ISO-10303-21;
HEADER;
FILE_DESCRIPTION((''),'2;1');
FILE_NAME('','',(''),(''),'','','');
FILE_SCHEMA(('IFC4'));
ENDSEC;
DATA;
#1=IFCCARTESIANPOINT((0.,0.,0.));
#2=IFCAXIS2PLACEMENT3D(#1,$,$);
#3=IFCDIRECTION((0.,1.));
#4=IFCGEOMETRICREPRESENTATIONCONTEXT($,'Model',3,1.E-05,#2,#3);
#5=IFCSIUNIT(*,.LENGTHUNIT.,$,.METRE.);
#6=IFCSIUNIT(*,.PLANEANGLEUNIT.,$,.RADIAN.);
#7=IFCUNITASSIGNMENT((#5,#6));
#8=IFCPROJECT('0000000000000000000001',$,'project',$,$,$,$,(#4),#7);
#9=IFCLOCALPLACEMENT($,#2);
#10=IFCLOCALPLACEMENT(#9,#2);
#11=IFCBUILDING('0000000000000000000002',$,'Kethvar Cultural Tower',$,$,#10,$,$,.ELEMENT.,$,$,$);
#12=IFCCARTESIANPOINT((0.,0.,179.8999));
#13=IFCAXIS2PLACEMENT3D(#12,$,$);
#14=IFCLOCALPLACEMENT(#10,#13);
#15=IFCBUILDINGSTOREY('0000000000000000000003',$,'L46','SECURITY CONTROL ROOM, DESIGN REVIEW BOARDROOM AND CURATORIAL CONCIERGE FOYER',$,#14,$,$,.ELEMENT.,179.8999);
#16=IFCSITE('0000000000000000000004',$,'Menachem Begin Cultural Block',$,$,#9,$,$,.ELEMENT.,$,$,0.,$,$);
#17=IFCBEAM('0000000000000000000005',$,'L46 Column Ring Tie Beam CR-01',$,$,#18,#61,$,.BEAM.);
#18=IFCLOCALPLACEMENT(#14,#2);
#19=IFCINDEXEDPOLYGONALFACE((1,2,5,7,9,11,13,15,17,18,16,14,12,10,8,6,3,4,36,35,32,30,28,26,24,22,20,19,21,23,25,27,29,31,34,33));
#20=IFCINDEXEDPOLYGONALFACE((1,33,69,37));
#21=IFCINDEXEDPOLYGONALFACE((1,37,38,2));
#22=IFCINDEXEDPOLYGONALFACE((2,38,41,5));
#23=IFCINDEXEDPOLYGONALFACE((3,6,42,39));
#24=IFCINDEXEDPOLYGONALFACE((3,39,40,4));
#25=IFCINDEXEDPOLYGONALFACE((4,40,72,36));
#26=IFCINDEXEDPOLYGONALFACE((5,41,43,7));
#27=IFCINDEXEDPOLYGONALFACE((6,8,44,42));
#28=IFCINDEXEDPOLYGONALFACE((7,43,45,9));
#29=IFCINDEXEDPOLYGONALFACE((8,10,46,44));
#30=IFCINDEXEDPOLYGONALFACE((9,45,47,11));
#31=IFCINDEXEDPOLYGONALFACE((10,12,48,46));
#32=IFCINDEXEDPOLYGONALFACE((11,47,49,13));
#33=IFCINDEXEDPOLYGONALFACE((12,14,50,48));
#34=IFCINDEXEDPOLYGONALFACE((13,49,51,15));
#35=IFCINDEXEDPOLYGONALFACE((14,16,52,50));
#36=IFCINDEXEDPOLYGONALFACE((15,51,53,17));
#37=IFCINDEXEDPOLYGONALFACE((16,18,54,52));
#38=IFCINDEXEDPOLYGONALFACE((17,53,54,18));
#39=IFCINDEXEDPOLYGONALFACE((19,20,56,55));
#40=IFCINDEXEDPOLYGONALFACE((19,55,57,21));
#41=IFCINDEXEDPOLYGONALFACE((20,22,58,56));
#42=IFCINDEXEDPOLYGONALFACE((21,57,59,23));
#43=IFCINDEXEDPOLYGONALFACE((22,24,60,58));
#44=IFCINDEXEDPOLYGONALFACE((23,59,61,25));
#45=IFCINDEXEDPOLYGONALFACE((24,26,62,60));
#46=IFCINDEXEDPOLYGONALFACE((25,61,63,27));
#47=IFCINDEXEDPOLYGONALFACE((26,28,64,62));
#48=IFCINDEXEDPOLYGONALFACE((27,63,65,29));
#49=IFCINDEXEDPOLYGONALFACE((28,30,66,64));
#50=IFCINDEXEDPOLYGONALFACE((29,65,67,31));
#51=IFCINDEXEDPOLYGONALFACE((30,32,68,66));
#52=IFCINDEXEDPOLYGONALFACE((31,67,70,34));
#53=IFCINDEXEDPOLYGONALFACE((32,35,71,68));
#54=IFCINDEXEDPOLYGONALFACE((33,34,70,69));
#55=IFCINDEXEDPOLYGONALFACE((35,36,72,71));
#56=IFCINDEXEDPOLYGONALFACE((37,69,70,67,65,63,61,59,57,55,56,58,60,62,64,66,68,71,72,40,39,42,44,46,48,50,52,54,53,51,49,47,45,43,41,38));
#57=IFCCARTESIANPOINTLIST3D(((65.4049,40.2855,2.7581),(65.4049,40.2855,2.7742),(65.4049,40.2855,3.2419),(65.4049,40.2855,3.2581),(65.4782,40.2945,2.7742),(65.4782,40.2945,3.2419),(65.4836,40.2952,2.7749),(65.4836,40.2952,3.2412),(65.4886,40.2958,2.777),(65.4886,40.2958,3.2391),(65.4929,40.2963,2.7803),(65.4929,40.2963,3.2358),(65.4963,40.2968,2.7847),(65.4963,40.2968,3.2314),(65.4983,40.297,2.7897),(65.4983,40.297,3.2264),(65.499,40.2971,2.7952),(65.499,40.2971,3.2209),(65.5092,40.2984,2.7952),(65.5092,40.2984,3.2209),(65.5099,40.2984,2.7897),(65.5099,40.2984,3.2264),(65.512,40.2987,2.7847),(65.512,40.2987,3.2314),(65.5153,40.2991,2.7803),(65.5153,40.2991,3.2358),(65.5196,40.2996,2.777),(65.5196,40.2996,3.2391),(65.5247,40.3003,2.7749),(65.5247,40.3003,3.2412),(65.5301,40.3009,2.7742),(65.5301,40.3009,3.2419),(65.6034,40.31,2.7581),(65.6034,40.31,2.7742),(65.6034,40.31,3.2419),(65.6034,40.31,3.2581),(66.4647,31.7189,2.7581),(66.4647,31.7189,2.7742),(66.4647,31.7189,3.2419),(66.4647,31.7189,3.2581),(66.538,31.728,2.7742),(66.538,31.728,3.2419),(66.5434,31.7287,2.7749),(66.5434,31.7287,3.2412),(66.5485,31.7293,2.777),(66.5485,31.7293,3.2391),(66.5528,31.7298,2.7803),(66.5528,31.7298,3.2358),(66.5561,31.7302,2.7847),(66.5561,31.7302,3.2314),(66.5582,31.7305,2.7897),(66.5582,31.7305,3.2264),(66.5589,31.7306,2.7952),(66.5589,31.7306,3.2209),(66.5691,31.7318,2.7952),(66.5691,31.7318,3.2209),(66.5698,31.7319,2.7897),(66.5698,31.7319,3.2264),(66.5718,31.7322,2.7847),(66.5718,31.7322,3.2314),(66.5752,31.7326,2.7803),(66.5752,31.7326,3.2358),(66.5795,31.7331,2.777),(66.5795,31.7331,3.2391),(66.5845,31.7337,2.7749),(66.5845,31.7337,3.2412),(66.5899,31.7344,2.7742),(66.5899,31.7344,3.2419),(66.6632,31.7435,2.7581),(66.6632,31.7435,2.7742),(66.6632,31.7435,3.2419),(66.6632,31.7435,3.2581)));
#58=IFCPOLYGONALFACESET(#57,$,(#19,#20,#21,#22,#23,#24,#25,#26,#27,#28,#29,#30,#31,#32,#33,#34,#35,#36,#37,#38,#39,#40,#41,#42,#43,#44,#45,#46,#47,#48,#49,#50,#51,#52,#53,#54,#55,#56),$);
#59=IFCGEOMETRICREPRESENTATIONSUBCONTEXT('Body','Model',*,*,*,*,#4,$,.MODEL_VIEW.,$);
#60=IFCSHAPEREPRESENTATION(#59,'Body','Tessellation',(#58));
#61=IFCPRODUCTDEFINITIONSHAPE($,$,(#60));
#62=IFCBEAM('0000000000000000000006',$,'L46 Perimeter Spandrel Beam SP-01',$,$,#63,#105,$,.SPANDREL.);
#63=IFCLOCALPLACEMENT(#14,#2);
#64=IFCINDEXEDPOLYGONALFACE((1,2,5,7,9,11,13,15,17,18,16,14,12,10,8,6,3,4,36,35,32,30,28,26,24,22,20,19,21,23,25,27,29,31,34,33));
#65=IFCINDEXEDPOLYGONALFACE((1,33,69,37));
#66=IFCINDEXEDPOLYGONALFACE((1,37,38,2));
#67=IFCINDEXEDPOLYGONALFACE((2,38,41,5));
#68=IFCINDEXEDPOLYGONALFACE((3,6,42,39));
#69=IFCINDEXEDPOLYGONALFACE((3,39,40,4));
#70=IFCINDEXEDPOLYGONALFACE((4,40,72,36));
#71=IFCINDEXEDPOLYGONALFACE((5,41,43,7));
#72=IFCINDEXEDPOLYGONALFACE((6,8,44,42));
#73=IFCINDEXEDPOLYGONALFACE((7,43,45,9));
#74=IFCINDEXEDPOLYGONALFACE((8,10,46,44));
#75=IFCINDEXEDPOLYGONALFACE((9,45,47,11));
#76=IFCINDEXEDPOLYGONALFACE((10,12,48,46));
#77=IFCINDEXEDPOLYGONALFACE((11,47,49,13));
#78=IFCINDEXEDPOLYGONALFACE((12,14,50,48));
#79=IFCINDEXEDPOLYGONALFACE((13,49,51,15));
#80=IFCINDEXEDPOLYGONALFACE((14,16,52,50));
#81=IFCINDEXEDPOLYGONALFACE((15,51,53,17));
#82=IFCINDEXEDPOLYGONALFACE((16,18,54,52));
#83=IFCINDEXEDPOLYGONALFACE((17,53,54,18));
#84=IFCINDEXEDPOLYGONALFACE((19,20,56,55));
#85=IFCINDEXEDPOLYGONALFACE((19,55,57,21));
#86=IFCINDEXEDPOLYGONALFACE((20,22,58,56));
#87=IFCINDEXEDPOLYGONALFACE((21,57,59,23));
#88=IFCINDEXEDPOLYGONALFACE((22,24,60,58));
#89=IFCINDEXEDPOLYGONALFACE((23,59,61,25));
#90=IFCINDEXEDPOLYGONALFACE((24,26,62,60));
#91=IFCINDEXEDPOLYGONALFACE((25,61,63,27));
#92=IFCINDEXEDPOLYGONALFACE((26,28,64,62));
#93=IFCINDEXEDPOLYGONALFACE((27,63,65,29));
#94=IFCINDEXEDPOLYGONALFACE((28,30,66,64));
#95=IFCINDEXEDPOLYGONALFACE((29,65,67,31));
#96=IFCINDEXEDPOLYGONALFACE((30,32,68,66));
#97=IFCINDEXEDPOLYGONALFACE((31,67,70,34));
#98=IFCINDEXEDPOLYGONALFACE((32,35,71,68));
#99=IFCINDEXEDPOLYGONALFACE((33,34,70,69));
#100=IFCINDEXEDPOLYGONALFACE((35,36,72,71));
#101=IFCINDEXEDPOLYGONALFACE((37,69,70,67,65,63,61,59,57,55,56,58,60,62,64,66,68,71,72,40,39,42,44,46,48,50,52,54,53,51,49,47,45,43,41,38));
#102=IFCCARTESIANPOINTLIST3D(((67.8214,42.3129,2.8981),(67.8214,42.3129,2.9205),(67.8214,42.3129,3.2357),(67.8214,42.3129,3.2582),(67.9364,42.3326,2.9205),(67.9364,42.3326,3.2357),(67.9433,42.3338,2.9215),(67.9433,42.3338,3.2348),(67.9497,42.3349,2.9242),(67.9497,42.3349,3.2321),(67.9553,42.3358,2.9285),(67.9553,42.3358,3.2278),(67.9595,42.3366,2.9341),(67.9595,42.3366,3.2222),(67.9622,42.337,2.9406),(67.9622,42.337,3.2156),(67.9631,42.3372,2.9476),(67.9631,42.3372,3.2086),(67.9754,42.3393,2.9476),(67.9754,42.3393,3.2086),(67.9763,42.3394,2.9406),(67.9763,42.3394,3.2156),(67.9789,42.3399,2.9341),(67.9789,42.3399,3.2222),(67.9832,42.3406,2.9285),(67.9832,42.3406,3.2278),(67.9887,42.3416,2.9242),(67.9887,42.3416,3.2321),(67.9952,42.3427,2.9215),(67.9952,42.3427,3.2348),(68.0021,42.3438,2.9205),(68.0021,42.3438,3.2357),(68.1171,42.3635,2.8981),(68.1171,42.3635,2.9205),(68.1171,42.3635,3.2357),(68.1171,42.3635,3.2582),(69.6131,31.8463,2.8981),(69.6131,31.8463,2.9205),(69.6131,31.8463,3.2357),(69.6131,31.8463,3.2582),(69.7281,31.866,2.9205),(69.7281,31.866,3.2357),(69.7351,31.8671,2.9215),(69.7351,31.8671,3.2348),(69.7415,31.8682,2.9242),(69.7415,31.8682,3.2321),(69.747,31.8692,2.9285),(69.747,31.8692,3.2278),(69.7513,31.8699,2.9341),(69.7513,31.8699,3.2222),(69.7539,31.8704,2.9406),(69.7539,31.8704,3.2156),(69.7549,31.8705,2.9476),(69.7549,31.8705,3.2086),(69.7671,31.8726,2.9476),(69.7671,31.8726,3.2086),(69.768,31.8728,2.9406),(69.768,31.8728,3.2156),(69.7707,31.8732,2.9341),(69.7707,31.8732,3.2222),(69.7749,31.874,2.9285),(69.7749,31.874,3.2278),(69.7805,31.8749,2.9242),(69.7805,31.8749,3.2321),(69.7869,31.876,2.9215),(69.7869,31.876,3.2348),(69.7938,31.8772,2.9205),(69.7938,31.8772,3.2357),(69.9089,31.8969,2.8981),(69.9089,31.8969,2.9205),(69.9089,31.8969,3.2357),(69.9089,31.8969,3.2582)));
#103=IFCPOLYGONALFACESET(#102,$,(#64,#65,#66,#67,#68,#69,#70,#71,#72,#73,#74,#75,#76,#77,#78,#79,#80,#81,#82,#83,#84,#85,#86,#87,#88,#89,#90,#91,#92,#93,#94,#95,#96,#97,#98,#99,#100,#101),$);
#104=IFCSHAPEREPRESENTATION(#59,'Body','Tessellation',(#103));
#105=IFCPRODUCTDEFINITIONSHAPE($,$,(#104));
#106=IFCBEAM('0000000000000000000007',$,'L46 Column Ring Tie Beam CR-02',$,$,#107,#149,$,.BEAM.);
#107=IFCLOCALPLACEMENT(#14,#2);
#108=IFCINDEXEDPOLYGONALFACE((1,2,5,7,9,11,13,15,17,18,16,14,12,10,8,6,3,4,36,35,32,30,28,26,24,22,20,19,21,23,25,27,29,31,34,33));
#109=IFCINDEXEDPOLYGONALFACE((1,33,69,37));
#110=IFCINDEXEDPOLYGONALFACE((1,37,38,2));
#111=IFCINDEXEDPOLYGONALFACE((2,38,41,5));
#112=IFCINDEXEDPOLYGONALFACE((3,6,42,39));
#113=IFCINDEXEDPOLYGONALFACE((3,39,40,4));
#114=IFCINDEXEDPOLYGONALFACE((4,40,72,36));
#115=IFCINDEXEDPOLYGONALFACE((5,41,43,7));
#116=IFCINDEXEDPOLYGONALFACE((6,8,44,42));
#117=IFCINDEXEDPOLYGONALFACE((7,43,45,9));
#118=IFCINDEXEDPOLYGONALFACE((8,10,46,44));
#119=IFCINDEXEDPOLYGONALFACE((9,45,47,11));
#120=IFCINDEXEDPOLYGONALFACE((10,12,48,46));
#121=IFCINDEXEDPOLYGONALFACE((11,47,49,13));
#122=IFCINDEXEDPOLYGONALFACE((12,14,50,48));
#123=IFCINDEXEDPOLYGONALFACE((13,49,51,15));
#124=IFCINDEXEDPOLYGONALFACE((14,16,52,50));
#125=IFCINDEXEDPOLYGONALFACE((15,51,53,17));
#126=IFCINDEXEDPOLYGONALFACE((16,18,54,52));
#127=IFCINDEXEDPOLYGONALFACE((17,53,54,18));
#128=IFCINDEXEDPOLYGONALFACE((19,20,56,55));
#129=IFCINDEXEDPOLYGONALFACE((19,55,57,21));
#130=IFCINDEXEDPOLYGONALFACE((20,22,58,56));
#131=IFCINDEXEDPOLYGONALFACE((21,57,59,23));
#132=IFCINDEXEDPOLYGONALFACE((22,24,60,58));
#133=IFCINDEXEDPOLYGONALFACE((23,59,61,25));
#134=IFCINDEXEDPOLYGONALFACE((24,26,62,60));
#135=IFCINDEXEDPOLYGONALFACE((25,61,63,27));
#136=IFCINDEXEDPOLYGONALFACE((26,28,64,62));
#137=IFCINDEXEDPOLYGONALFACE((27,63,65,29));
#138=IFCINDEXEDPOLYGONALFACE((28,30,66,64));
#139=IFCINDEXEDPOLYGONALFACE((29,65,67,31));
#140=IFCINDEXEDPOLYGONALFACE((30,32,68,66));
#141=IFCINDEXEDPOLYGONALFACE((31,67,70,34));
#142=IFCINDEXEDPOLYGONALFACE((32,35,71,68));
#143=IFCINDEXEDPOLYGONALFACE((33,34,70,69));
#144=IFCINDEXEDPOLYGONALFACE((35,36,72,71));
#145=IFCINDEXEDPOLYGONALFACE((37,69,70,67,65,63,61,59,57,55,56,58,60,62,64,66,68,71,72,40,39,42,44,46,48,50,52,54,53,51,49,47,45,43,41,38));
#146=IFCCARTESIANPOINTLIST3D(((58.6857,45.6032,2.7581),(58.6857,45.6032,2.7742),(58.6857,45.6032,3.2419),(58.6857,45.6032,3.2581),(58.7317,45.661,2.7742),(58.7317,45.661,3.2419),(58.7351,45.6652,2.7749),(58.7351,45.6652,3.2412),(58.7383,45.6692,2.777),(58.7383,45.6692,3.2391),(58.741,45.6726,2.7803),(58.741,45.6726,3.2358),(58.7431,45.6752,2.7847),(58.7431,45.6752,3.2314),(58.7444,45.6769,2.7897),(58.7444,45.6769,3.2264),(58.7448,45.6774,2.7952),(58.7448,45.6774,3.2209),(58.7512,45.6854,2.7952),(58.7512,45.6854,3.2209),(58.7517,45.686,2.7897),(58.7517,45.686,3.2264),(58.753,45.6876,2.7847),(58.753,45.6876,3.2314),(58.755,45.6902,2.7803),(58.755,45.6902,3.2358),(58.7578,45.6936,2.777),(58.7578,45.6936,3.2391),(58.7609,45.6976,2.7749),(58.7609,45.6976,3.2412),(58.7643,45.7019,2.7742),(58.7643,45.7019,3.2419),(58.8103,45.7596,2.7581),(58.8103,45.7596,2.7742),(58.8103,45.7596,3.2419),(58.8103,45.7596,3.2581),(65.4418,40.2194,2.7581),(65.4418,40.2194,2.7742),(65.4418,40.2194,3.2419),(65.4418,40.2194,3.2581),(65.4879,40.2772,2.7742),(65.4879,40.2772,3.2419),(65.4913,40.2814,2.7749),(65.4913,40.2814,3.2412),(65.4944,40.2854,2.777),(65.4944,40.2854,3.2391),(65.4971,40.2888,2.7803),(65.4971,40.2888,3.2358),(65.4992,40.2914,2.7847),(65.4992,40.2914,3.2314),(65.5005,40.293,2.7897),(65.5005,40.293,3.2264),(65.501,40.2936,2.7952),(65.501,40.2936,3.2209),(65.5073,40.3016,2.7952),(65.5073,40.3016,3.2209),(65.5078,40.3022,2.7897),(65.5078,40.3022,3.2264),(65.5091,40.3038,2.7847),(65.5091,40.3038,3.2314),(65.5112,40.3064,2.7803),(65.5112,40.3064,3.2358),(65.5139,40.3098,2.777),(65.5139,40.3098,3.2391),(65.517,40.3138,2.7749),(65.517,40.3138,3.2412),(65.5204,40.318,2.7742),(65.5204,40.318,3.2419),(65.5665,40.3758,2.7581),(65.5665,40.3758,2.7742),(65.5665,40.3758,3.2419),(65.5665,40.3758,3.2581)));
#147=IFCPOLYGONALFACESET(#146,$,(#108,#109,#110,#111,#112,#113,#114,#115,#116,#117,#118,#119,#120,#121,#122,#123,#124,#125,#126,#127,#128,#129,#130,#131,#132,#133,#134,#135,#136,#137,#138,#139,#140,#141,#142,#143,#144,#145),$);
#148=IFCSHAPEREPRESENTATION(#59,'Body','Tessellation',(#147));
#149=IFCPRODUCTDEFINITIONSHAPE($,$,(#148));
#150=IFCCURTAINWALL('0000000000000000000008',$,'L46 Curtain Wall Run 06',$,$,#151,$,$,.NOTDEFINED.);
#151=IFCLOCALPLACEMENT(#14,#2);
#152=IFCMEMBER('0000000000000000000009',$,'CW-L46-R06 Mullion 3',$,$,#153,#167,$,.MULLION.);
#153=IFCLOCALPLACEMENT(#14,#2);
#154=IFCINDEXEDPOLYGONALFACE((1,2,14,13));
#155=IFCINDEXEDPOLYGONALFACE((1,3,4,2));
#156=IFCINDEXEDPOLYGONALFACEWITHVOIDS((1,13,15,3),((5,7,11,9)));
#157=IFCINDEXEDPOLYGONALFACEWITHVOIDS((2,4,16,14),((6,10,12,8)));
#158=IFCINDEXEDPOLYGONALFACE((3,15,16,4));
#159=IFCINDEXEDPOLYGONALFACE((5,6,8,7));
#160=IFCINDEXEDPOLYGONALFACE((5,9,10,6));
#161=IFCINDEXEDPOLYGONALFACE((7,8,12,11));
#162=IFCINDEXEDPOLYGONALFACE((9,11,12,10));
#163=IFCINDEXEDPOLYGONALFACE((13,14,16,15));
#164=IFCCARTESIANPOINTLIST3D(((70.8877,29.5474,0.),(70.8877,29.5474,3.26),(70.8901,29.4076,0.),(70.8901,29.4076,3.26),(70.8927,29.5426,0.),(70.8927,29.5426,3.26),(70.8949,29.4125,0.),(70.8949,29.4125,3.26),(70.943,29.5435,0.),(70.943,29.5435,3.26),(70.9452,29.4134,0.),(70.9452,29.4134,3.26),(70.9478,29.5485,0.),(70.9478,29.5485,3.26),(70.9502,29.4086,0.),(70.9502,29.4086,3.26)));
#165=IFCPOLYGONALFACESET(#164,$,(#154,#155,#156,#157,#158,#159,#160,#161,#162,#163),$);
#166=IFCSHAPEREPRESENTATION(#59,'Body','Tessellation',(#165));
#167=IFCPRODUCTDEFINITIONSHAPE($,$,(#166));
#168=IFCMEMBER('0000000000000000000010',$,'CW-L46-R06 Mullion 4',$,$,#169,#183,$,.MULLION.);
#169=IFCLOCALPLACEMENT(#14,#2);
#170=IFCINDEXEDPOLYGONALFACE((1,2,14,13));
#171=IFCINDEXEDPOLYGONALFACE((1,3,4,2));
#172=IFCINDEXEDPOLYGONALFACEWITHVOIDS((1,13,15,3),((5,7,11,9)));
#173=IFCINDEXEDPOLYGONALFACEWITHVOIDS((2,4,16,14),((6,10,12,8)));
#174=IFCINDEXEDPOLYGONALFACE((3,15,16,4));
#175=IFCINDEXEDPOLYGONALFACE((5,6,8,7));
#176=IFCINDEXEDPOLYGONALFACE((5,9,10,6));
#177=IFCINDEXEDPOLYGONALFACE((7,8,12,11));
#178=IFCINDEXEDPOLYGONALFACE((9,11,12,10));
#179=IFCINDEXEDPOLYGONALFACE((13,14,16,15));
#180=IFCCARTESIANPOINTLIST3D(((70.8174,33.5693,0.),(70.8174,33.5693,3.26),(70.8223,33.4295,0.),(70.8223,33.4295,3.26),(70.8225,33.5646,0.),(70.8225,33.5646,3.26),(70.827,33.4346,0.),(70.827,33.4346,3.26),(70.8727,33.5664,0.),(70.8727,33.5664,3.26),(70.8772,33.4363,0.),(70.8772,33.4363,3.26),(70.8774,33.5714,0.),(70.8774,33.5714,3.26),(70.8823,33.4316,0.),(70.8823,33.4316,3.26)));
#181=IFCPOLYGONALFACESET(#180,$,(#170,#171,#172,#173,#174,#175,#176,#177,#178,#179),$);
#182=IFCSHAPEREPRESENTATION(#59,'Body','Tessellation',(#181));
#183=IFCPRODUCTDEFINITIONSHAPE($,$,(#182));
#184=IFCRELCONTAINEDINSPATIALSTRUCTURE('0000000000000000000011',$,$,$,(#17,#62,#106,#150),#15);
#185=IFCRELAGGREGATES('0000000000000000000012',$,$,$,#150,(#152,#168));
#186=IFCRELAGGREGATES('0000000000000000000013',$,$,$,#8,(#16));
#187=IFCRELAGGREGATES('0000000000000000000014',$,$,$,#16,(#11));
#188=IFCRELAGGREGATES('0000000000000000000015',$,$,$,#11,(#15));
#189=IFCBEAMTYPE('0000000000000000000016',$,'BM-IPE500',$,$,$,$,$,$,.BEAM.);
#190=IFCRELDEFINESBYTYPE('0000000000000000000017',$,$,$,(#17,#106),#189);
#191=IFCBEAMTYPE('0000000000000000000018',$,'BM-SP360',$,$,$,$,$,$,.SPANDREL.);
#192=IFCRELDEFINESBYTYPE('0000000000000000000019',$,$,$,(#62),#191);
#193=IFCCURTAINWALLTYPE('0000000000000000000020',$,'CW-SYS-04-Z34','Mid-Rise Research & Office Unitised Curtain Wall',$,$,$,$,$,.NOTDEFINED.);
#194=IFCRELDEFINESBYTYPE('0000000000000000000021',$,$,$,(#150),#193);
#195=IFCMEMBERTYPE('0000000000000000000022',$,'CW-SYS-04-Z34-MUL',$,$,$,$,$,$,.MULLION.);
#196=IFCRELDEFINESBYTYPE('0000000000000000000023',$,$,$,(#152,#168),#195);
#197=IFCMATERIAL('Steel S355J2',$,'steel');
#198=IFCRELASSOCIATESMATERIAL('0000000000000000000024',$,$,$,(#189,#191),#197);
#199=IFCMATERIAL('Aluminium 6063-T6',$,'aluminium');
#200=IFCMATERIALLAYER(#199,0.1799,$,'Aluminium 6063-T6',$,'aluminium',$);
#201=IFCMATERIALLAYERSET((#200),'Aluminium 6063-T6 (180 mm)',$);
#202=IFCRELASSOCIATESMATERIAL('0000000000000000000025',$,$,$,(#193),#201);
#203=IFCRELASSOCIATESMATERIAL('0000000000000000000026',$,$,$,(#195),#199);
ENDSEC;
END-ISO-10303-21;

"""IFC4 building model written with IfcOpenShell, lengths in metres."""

from ifc_helpers import new_model, si_unit, direction, frame, origin, origin_2d, place, context, subcontext, project, spatial, hollow_rectangle, i_section, extrude, source, transform, mapped, material, layer, layer_set, material_profile, profile_set, type_object, element, aggregate, save


model = new_model("IFC4")

# Units and contexts
model_context = context("Model", 3, precision=1e-05, world=origin(), true_north=direction((0.0, 1.0)))
body_context = subcontext(model_context, "Body", "Model", "MODEL_VIEW")
ifc_project = project(units=[si_unit("LENGTHUNIT", "METRE"), si_unit("PLANEANGLEUNIT", "RADIAN")], contexts=[model_context])

# Site, building, storey
site_placement = place(None, origin())
site = spatial("IfcSite", under=ifc_project, at=site_placement, Name="Menachem Begin Cultural Block", CompositionType="ELEMENT", RefElevation=0.0)
building_placement = place(site_placement, origin())
building = spatial("IfcBuilding", under=site, at=building_placement, Name="Kethvar Cultural Tower", CompositionType="ELEMENT")
storey_placement = place(building_placement, frame((0.0, 0.0, 179.8999)))
storey = spatial("IfcBuildingStorey", under=building, at=storey_placement, Name="L46", Description="SECURITY CONTROL ROOM, DESIGN REVIEW BOARDROOM AND CURATORIAL CONCIERGE FOYER", CompositionType="ELEMENT", Elevation=179.8999)

# Beams
ifc_material_1 = material(Name="Steel S355J2", Category="steel")
ifc_material_profile_1 = material_profile(ifc_material_1, i_section(OverallWidth=0.2, OverallDepth=0.5, WebThickness=0.0103, FlangeThickness=0.0161, FilletRadius=0.021, at=origin_2d()), Name="Steel S355J2 — IPE500")
ifc_profile_set_1 = profile_set([ifc_material_profile_1], Name="Steel S355J2 — IPE500")
beam_type_1 = type_object("IfcBeamType", Name="BM-IPE500", PredefinedType="BEAM", material=ifc_profile_set_1)
shared_shape_1 = source(origin(), body_context, "Body", "SweptSolid", [
    extrude(i_section(OverallWidth=0.2, OverallDepth=0.5, WebThickness=0.0103, FlangeThickness=0.0161, FilletRadius=0.021, at=origin_2d()), origin(), (0.0, 0.0, 1.0), 8.6318),
])
beam_1_placement = place(storey_placement, frame((66.564, 31.7312, 3.0081), z_axis=(-0.122781, 0.992434, 0.0), x_axis=(-0.992434, -0.122781, 0.0)))
element("IfcBeam", 1, at=beam_1_placement, inside=storey, type_object=beam_type_1, Name="L46 Column Ring Tie Beam CR-01", PredefinedType="BEAM", context=body_context, shape_type="MappedRepresentation", body=[
    mapped(shared_shape_1, transform((0.0, 0.0, 0.0), scale=1.0)),
])
ifc_material_profile_2 = material_profile(ifc_material_1, i_section(OverallWidth=0.3, OverallDepth=0.3601, WebThickness=0.0125, FlangeThickness=0.0225, FilletRadius=0.0271, at=origin_2d()), Name="Steel S355J2 — HEB360")
ifc_profile_set_2 = profile_set([ifc_material_profile_2], Name="Steel S355J2 — HEB360")
beam_type_2 = type_object("IfcBeamType", Name="BM-SP360", PredefinedType="SPANDREL", material=ifc_profile_set_2)
shared_shape_2 = source(origin(), body_context, "Body", "SweptSolid", [
    extrude(i_section(OverallWidth=0.3, OverallDepth=0.3601, WebThickness=0.0125, FlangeThickness=0.0225, FilletRadius=0.0271, at=origin_2d()), origin(), (0.0, 0.0, 1.0), 10.6189),
])
beam_2_placement = place(storey_placement, frame((69.761, 31.8716, 3.0781), z_axis=(-0.168733, 0.985662, 0.0), x_axis=(-0.985662, -0.168733, 0.0)))
element("IfcBeam", 2, at=beam_2_placement, inside=storey, type_object=beam_type_2, Name="L46 Perimeter Spandrel Beam SP-01", PredefinedType="SPANDREL", context=body_context, shape_type="MappedRepresentation", body=[
    mapped(shared_shape_2, transform((0.0, 0.0, 0.0), scale=1.0)),
])
shared_shape_3 = source(origin(), body_context, "Body", "SweptSolid", [
    extrude(i_section(OverallWidth=0.2, OverallDepth=0.5, WebThickness=0.0103, FlangeThickness=0.0161, FilletRadius=0.021, at=origin_2d()), origin(), (0.0, 0.0, 1.0), 8.6389),
])
beam_3_placement = place(storey_placement, frame((65.5042, 40.2976, 3.0081), z_axis=(-0.782058, 0.623205, 0.0), x_axis=(-0.623205, -0.782058, 0.0)))
element("IfcBeam", 3, at=beam_3_placement, inside=storey, type_object=beam_type_1, Name="L46 Column Ring Tie Beam CR-02", PredefinedType="BEAM", context=body_context, shape_type="MappedRepresentation", body=[
    mapped(shared_shape_3, transform((0.0, 0.0, 0.0), scale=1.0)),
])

# Curtain wall, members
ifc_material_2 = material(Name="Aluminium 6063-T6", Category="aluminium")
ifc_layer_1 = layer(ifc_material_2, 0.1799, Name="Aluminium 6063-T6", Category="aluminium")
ifc_layer_set_1 = layer_set([ifc_layer_1], Name="Aluminium 6063-T6 (180 mm)")
curtain_wall_type = type_object("IfcCurtainWallType", Name="CW-SYS-04-Z34", Description="Mid-Rise Research & Office Unitised Curtain Wall", PredefinedType="NOTDEFINED", material=ifc_layer_set_1)
curtain_wall_placement = place(storey_placement, origin())
curtain_wall = element("IfcCurtainWall", 4, at=curtain_wall_placement, inside=storey, type_object=curtain_wall_type, Name="L46 Curtain Wall Run 06", PredefinedType="NOTDEFINED")
ifc_material_profile_3 = material_profile(ifc_material_2, hollow_rectangle(XDim=0.0601, YDim=0.1399, WallThickness=0.0049, at=origin_2d()), Name="Aluminium 6063-T6 — RHS140x60x5")
ifc_profile_set_3 = profile_set([ifc_material_profile_3], Name="Aluminium 6063-T6 — RHS140x60x5")
member_type_1 = type_object("IfcMemberType", Name="CW-SYS-04-Z34-MUL", PredefinedType="MULLION", material=ifc_profile_set_3)
shared_shape_4 = source(origin(), body_context, "Body", "SweptSolid", [
    extrude(hollow_rectangle(XDim=0.0601, YDim=0.1399, WallThickness=0.0049, at=origin_2d()), origin(), (0.0, 0.0, 1.0), 3.26),
])
member_1_placement = place(storey_placement, frame((70.9189, 29.478, 0.0), z_axis=(0.0, 0.0, 1.0), x_axis=(-0.999853, -0.017173, 0.0)))
member_1 = element("IfcMember", 5, at=member_1_placement, type_object=member_type_1, Name="CW-L46-R06 Mullion 3", PredefinedType="MULLION", context=body_context, shape_type="MappedRepresentation", body=[
    mapped(shared_shape_4, transform((0.0, 0.0, 0.0), scale=1.0)),
])
member_2_placement = place(storey_placement, frame((70.8499, 33.5005, 0.0), z_axis=(0.0, 0.0, 1.0), x_axis=(-0.999396, -0.03476, 0.0)))
member_2 = element("IfcMember", 6, at=member_2_placement, type_object=member_type_1, Name="CW-L46-R06 Mullion 4", PredefinedType="MULLION", context=body_context, shape_type="MappedRepresentation", body=[
    mapped(shared_shape_4, transform((0.0, 0.0, 0.0), scale=1.0)),
])
aggregate(curtain_wall, [member_1, member_2])

save(model, "model.ifc")
